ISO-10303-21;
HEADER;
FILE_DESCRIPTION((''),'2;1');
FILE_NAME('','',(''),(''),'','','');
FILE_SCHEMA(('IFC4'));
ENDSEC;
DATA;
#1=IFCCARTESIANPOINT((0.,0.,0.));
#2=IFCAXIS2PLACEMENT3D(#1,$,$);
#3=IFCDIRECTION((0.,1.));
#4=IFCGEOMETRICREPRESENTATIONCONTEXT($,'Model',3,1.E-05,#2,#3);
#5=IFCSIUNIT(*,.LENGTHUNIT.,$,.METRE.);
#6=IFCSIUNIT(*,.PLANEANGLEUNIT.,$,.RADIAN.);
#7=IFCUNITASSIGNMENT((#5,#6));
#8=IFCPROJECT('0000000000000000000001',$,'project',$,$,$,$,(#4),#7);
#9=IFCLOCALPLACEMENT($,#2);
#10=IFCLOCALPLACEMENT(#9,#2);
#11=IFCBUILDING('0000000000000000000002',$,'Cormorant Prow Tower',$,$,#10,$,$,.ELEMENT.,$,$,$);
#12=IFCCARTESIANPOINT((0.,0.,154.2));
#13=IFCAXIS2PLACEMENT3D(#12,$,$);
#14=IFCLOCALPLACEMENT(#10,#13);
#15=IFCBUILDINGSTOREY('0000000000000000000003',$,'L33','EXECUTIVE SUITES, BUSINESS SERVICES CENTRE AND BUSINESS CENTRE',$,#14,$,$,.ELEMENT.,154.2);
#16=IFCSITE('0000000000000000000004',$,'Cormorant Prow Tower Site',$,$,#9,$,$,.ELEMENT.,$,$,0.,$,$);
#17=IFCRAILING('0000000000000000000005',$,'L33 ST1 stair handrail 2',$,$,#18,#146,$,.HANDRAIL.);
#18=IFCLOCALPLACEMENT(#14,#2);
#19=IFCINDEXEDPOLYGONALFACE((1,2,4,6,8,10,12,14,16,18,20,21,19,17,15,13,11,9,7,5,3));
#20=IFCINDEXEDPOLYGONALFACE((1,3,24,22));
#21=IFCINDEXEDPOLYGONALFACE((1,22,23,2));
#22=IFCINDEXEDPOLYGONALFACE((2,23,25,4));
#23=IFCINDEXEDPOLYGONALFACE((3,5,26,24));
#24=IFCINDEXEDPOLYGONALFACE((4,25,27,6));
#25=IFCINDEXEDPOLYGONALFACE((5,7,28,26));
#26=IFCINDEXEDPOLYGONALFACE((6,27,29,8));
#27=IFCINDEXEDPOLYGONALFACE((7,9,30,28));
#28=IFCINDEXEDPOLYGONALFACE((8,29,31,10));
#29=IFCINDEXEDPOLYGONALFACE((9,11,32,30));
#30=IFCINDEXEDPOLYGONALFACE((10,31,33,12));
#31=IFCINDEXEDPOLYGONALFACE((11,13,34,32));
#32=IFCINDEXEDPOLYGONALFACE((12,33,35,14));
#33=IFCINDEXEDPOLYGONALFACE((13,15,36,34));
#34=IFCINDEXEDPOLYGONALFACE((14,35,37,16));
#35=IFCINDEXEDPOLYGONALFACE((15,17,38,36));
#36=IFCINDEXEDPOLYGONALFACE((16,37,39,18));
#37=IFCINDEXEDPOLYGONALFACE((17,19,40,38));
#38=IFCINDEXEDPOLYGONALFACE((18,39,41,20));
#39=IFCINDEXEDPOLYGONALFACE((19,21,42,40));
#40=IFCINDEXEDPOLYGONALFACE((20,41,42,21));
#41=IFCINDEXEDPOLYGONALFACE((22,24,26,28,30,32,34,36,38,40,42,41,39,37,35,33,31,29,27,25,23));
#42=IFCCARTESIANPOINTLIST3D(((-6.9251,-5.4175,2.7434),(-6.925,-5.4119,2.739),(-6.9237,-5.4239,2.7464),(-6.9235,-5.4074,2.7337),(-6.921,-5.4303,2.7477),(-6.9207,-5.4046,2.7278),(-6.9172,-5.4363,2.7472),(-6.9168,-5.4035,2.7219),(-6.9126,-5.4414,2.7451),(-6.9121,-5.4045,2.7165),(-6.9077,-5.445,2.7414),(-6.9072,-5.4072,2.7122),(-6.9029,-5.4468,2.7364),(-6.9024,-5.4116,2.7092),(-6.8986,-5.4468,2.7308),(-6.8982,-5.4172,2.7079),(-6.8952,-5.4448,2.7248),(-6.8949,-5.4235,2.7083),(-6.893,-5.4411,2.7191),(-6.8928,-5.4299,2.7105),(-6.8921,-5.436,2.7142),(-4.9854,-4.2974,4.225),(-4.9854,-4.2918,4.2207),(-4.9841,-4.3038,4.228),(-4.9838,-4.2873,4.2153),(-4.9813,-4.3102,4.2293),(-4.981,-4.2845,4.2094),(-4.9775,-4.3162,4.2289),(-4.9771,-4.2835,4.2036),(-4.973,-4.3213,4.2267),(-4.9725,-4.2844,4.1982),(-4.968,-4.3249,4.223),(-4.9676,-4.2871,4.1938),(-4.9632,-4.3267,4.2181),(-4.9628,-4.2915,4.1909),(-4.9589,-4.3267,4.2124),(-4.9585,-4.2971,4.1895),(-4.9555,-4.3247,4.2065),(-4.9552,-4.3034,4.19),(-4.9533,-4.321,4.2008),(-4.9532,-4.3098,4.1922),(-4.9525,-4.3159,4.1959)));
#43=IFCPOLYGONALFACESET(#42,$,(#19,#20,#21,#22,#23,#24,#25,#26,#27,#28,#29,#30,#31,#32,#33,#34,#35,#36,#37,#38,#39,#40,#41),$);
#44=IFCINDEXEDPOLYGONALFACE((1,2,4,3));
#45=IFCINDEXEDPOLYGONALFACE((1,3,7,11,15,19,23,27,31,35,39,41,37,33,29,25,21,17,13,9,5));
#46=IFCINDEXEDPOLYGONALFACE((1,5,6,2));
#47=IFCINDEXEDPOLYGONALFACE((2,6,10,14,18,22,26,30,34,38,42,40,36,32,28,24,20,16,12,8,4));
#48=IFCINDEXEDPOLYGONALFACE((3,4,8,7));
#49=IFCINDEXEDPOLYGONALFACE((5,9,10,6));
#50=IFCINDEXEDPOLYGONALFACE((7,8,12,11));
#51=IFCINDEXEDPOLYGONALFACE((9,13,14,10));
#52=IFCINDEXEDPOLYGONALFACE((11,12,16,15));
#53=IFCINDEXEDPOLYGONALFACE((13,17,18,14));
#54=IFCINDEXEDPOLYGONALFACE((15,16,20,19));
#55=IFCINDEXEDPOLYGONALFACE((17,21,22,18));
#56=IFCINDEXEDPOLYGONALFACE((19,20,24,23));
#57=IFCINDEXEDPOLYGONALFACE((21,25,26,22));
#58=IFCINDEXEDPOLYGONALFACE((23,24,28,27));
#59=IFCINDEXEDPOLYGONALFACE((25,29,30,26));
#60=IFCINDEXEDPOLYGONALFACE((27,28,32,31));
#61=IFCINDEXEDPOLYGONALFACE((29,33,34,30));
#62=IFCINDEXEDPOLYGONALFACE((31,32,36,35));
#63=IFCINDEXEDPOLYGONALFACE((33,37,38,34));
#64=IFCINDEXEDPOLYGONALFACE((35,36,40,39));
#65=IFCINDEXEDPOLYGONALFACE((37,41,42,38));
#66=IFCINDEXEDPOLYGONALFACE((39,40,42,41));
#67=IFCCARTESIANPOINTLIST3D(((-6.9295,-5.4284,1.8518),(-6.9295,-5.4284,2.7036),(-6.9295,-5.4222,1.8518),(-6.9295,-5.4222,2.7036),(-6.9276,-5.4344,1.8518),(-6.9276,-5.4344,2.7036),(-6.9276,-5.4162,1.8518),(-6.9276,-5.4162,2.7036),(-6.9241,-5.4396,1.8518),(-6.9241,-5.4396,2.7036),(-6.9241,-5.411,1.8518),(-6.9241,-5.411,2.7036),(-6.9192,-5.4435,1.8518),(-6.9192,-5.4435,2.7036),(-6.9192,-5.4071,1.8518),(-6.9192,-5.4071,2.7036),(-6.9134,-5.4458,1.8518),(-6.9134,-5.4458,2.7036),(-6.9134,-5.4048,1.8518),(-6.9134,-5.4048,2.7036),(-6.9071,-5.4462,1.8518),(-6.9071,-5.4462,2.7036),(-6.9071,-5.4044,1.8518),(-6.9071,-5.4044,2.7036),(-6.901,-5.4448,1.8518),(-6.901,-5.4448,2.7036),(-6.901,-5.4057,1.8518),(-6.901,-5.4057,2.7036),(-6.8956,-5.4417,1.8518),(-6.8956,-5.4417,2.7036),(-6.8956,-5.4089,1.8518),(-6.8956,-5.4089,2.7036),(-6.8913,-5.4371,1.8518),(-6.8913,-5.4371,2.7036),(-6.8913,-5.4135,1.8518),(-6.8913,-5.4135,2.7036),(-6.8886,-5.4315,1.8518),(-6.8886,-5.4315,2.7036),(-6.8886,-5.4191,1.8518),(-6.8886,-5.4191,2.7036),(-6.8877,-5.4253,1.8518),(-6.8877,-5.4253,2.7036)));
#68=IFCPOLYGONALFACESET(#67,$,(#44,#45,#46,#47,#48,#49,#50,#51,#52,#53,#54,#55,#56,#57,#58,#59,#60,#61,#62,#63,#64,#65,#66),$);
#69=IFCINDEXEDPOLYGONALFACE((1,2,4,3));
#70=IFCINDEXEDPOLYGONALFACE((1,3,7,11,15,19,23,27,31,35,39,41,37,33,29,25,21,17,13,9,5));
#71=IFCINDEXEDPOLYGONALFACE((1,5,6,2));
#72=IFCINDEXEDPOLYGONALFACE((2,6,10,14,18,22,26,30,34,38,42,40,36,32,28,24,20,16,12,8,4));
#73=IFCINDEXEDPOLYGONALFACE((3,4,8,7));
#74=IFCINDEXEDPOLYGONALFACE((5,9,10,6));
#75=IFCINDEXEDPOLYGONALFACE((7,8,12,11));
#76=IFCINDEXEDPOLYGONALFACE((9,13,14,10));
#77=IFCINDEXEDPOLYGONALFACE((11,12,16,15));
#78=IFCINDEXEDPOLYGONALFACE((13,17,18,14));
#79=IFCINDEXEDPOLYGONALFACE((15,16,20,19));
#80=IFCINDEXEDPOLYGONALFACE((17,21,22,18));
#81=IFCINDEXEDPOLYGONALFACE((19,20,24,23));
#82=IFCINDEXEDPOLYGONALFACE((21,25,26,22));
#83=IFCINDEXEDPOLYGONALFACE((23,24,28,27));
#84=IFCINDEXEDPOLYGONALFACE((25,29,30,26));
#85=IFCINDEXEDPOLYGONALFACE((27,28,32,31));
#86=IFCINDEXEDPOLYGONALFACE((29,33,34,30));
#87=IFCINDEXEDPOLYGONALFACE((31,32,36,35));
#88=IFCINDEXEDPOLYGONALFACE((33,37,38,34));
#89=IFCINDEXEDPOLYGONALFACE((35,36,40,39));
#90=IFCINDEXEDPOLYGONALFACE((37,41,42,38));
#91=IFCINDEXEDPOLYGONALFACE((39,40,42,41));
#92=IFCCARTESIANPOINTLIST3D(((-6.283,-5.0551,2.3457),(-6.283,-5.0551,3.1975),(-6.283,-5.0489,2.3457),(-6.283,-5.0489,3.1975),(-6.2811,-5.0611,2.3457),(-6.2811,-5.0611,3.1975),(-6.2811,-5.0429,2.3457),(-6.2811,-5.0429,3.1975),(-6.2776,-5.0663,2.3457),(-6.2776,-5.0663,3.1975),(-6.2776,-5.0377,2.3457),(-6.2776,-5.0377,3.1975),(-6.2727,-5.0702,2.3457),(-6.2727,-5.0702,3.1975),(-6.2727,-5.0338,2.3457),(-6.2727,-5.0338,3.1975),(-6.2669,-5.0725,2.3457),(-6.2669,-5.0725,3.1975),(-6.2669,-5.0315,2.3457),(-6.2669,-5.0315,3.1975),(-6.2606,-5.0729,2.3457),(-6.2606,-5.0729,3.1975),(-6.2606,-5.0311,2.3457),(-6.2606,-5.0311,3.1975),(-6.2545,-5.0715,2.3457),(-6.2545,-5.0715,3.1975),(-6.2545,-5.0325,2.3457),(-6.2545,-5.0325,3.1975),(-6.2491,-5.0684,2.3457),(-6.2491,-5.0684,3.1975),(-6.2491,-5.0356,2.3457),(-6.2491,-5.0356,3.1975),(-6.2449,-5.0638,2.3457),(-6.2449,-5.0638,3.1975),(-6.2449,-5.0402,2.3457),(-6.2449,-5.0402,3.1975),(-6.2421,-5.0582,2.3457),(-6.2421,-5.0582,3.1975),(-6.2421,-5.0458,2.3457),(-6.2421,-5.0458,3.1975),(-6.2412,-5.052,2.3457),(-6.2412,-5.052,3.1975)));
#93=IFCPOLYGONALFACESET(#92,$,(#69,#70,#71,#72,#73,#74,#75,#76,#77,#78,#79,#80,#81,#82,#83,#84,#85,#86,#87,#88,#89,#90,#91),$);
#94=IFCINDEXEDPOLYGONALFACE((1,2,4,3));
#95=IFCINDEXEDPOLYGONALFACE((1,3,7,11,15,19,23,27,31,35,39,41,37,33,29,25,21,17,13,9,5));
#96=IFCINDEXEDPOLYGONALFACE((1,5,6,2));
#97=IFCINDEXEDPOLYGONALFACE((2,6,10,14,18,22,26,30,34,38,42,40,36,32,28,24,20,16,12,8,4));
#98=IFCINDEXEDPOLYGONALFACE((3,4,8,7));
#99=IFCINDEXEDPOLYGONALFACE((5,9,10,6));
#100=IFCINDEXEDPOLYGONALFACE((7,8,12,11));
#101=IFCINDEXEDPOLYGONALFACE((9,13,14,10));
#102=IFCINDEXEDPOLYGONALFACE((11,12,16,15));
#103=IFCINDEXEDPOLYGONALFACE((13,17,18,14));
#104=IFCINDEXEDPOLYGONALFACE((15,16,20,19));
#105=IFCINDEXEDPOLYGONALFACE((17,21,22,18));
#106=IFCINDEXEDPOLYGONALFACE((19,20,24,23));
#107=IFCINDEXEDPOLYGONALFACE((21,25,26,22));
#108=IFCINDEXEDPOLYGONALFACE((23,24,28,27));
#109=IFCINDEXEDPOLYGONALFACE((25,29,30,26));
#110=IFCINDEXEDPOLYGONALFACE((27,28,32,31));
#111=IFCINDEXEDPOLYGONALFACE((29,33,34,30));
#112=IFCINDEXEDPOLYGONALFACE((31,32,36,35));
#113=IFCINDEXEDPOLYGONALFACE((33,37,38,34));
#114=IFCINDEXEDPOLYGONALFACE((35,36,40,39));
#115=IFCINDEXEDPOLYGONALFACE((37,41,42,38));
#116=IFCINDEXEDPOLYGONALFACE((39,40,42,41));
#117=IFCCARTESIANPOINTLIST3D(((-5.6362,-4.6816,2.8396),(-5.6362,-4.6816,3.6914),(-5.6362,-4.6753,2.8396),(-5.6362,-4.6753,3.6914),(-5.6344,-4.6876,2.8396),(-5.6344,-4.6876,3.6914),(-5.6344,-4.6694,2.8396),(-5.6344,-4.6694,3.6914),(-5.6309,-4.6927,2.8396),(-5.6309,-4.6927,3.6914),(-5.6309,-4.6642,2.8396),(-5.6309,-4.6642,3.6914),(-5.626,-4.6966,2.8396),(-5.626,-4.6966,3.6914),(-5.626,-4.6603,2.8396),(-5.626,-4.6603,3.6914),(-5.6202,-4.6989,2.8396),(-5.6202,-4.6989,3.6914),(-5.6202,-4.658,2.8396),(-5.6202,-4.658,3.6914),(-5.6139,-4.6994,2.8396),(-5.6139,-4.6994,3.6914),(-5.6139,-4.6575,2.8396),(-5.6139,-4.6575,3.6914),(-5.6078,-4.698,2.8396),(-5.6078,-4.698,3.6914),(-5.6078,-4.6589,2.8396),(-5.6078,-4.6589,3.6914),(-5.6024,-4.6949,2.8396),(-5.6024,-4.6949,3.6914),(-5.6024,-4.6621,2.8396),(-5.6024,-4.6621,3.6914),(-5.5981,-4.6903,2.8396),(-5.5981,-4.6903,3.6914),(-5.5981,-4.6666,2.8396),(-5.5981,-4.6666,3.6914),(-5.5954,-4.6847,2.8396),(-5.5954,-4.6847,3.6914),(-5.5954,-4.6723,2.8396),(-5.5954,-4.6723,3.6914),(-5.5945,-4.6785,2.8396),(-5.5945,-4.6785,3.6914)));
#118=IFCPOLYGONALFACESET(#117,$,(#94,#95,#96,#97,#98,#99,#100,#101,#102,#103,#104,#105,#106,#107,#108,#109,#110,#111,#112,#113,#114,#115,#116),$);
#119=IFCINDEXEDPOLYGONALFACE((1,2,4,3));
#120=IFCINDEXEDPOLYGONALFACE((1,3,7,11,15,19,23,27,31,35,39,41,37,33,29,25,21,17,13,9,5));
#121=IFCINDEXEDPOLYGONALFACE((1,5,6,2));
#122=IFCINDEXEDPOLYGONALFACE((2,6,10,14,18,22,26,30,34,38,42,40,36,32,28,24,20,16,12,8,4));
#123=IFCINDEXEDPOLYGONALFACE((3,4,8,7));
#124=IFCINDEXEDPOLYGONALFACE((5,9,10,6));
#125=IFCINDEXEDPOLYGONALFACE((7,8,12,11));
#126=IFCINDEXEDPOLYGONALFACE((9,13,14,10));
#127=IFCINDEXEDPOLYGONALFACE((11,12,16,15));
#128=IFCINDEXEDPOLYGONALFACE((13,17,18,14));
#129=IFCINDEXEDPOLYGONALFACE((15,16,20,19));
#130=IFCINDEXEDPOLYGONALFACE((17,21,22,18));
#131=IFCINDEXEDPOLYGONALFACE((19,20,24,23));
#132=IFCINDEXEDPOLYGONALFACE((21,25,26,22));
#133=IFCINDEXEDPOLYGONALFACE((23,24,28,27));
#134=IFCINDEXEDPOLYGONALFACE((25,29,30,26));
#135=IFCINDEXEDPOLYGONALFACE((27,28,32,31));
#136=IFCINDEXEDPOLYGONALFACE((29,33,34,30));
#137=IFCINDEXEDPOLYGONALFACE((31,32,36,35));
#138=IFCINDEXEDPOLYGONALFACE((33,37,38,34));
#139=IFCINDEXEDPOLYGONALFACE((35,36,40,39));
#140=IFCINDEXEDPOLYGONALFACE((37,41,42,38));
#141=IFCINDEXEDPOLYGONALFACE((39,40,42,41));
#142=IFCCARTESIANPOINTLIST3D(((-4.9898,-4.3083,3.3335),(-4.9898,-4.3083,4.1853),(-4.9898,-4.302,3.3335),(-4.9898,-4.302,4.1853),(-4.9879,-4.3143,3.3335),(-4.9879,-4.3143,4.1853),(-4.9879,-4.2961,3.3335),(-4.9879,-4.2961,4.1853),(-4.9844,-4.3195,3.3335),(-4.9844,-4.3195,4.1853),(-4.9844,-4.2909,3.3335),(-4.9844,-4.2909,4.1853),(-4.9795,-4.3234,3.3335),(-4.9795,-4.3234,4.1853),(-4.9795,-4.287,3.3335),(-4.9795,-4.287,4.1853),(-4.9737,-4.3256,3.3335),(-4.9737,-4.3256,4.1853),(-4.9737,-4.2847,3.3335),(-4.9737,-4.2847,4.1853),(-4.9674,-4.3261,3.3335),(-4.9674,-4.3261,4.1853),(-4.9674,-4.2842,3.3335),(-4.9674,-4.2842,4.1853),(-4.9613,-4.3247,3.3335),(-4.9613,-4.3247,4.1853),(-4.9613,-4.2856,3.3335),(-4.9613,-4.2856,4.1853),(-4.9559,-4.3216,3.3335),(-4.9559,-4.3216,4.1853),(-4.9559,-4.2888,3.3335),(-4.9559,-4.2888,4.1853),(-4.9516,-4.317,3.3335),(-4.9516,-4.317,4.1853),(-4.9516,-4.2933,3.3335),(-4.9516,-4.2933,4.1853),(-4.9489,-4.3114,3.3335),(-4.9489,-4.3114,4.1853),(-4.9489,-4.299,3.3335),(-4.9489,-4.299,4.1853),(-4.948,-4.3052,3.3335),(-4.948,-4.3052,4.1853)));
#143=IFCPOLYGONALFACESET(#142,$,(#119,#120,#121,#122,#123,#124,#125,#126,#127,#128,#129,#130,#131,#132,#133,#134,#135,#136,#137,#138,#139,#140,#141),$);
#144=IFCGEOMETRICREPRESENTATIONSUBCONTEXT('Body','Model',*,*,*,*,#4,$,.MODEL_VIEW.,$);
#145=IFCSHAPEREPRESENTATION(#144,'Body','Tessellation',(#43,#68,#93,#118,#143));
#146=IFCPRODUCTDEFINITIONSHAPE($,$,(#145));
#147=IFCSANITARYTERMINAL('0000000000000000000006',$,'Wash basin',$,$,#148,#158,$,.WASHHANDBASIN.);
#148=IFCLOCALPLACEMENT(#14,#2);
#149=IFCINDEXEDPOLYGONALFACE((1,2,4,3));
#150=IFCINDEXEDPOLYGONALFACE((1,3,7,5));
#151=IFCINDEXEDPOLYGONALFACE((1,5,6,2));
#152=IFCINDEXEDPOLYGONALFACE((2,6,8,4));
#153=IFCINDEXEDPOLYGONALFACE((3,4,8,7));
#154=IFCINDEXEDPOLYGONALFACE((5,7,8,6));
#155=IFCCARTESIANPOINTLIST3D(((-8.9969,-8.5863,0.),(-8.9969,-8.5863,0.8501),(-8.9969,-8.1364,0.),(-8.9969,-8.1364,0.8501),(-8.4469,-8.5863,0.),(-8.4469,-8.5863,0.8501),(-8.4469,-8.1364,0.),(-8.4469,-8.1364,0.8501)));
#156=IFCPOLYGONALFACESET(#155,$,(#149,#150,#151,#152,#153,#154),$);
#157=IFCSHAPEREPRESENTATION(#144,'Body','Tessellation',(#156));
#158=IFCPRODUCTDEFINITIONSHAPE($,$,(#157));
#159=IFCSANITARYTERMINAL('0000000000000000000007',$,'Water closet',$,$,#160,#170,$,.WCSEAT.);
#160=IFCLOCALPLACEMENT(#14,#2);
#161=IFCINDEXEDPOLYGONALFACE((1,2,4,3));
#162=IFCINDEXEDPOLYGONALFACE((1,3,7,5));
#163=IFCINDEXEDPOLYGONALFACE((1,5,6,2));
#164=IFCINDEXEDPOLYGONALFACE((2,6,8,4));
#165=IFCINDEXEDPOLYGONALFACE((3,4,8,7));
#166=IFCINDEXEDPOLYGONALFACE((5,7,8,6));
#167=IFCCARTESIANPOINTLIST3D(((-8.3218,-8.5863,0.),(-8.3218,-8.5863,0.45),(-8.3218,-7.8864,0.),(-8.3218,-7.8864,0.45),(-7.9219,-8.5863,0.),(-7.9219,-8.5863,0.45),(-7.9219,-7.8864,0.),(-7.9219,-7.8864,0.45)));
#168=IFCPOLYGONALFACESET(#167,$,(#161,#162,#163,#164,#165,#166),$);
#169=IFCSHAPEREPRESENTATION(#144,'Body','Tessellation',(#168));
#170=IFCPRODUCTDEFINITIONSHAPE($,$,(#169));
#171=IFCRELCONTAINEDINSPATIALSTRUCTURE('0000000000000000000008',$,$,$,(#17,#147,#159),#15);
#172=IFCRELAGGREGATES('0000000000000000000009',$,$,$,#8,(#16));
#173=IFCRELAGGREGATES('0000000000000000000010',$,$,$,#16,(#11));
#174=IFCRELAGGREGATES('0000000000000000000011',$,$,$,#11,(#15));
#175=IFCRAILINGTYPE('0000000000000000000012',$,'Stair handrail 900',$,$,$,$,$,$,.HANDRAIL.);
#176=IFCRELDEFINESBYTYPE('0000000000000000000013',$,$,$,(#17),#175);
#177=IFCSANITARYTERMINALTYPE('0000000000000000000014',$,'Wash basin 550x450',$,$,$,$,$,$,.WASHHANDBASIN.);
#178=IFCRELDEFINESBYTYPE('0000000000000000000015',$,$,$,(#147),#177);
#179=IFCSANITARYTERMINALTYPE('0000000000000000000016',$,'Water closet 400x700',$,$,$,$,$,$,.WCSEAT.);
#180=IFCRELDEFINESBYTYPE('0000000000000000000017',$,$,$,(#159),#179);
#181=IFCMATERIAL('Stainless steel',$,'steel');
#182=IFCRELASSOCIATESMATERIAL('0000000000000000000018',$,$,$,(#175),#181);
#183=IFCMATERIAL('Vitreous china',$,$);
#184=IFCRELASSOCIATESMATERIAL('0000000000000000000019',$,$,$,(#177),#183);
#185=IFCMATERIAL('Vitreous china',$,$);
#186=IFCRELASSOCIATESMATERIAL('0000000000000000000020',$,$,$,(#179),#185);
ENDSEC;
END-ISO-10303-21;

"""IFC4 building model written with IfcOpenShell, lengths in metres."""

from ifc_helpers import new_model, si_unit, direction, frame, origin, origin_2d, place, context, subcontext, project, spatial, rectangle, circle, extrude, material, type_object, element, save


model = new_model("IFC4")

# Units and contexts
model_context = context("Model", 3, precision=1e-05, world=origin(), true_north=direction((0.0, 1.0)))
body_context = subcontext(model_context, "Body", "Model", "MODEL_VIEW")
ifc_project = project(units=[si_unit("LENGTHUNIT", "METRE"), si_unit("PLANEANGLEUNIT", "RADIAN")], contexts=[model_context])

# Site, building, storey
site_placement = place(None, origin())
site = spatial("IfcSite", under=ifc_project, at=site_placement, Name="Cormorant Prow Tower Site", CompositionType="ELEMENT", RefElevation=0.0)
building_placement = place(site_placement, origin())
building = spatial("IfcBuilding", under=site, at=building_placement, Name="Cormorant Prow Tower", CompositionType="ELEMENT")
storey_placement = place(building_placement, frame((0.0, 0.0, 154.2)))
storey = spatial("IfcBuildingStorey", under=building, at=storey_placement, Name="L33", Description="EXECUTIVE SUITES, BUSINESS SERVICES CENTRE AND BUSINESS CENTRE", CompositionType="ELEMENT", Elevation=154.2)

# Railing
ifc_material_1 = material(Name="Stainless steel", Category="steel")
railing_type = type_object("IfcRailingType", Name="Stair handrail 900", PredefinedType="HANDRAIL", material=ifc_material_1)
railing_placement = place(storey_placement, frame((-6.9087, -5.4253, 1.8518)))
element("IfcRailing", 1, at=railing_placement, inside=storey, type_object=railing_type, Name="L33 ST1 stair handrail 2", PredefinedType="HANDRAIL", context=body_context, shape_type="SweptSolid", body=[
    extrude(circle(Radius=0.0239, at=origin_2d()), frame((0.0, 0.0, 0.876), z_axis=(0.722256, 0.417081, 0.551715), x_axis=(-0.500078, 0.86598, 0.0)), (0.0, 0.0, 1.0), 2.6855),
    extrude(circle(Radius=0.021, at=origin_2d()), origin(), (0.0, 0.0, 1.0), 0.8518),
    extrude(circle(Radius=0.021, at=origin_2d()), frame((0.6465, 0.3733, 0.4939)), (0.0, 0.0, 1.0), 0.8518),
    extrude(circle(Radius=0.021, at=origin_2d()), frame((1.2932, 0.7468, 0.9878)), (0.0, 0.0, 1.0), 0.8518),
    extrude(circle(Radius=0.021, at=origin_2d()), frame((1.9397, 1.1201, 1.4817)), (0.0, 0.0, 1.0), 0.8518),
])

# Sanitary terminals
ifc_material_2 = material(Name="Vitreous china")
sanitary_terminal_type_1 = type_object("IfcSanitaryTerminalType", Name="Wash basin 550x450", PredefinedType="WASHHANDBASIN", material=ifc_material_2)
sanitary_terminal_1_placement = place(storey_placement, frame((-8.7219, -8.3613, 0.0), z_axis=(0.0, 0.0, 1.0), x_axis=(1.0, 0.0, 0.0)))
element("IfcSanitaryTerminal", 2, at=sanitary_terminal_1_placement, inside=storey, type_object=sanitary_terminal_type_1, Name="Wash basin", PredefinedType="WASHHANDBASIN", context=body_context, shape_type="SweptSolid", body=[
    extrude(rectangle(XDim=0.55, YDim=0.45, at=origin_2d()), origin(), (0.0, 0.0, 1.0), 0.8501),
])
ifc_material_3 = material(Name="Vitreous china")
sanitary_terminal_type_2 = type_object("IfcSanitaryTerminalType", Name="Water closet 400x700", PredefinedType="WCSEAT", material=ifc_material_3)
sanitary_terminal_2_placement = place(storey_placement, frame((-8.1218, -8.2363, 0.0), z_axis=(0.0, 0.0, 1.0), x_axis=(1.0, 0.0, 0.0)))
element("IfcSanitaryTerminal", 3, at=sanitary_terminal_2_placement, inside=storey, type_object=sanitary_terminal_type_2, Name="Water closet", PredefinedType="WCSEAT", context=body_context, shape_type="SweptSolid", body=[
    extrude(rectangle(XDim=0.3999, YDim=0.7, at=origin_2d()), origin(), (0.0, 0.0, 1.0), 0.45),
])

save(model, "model.ifc")
